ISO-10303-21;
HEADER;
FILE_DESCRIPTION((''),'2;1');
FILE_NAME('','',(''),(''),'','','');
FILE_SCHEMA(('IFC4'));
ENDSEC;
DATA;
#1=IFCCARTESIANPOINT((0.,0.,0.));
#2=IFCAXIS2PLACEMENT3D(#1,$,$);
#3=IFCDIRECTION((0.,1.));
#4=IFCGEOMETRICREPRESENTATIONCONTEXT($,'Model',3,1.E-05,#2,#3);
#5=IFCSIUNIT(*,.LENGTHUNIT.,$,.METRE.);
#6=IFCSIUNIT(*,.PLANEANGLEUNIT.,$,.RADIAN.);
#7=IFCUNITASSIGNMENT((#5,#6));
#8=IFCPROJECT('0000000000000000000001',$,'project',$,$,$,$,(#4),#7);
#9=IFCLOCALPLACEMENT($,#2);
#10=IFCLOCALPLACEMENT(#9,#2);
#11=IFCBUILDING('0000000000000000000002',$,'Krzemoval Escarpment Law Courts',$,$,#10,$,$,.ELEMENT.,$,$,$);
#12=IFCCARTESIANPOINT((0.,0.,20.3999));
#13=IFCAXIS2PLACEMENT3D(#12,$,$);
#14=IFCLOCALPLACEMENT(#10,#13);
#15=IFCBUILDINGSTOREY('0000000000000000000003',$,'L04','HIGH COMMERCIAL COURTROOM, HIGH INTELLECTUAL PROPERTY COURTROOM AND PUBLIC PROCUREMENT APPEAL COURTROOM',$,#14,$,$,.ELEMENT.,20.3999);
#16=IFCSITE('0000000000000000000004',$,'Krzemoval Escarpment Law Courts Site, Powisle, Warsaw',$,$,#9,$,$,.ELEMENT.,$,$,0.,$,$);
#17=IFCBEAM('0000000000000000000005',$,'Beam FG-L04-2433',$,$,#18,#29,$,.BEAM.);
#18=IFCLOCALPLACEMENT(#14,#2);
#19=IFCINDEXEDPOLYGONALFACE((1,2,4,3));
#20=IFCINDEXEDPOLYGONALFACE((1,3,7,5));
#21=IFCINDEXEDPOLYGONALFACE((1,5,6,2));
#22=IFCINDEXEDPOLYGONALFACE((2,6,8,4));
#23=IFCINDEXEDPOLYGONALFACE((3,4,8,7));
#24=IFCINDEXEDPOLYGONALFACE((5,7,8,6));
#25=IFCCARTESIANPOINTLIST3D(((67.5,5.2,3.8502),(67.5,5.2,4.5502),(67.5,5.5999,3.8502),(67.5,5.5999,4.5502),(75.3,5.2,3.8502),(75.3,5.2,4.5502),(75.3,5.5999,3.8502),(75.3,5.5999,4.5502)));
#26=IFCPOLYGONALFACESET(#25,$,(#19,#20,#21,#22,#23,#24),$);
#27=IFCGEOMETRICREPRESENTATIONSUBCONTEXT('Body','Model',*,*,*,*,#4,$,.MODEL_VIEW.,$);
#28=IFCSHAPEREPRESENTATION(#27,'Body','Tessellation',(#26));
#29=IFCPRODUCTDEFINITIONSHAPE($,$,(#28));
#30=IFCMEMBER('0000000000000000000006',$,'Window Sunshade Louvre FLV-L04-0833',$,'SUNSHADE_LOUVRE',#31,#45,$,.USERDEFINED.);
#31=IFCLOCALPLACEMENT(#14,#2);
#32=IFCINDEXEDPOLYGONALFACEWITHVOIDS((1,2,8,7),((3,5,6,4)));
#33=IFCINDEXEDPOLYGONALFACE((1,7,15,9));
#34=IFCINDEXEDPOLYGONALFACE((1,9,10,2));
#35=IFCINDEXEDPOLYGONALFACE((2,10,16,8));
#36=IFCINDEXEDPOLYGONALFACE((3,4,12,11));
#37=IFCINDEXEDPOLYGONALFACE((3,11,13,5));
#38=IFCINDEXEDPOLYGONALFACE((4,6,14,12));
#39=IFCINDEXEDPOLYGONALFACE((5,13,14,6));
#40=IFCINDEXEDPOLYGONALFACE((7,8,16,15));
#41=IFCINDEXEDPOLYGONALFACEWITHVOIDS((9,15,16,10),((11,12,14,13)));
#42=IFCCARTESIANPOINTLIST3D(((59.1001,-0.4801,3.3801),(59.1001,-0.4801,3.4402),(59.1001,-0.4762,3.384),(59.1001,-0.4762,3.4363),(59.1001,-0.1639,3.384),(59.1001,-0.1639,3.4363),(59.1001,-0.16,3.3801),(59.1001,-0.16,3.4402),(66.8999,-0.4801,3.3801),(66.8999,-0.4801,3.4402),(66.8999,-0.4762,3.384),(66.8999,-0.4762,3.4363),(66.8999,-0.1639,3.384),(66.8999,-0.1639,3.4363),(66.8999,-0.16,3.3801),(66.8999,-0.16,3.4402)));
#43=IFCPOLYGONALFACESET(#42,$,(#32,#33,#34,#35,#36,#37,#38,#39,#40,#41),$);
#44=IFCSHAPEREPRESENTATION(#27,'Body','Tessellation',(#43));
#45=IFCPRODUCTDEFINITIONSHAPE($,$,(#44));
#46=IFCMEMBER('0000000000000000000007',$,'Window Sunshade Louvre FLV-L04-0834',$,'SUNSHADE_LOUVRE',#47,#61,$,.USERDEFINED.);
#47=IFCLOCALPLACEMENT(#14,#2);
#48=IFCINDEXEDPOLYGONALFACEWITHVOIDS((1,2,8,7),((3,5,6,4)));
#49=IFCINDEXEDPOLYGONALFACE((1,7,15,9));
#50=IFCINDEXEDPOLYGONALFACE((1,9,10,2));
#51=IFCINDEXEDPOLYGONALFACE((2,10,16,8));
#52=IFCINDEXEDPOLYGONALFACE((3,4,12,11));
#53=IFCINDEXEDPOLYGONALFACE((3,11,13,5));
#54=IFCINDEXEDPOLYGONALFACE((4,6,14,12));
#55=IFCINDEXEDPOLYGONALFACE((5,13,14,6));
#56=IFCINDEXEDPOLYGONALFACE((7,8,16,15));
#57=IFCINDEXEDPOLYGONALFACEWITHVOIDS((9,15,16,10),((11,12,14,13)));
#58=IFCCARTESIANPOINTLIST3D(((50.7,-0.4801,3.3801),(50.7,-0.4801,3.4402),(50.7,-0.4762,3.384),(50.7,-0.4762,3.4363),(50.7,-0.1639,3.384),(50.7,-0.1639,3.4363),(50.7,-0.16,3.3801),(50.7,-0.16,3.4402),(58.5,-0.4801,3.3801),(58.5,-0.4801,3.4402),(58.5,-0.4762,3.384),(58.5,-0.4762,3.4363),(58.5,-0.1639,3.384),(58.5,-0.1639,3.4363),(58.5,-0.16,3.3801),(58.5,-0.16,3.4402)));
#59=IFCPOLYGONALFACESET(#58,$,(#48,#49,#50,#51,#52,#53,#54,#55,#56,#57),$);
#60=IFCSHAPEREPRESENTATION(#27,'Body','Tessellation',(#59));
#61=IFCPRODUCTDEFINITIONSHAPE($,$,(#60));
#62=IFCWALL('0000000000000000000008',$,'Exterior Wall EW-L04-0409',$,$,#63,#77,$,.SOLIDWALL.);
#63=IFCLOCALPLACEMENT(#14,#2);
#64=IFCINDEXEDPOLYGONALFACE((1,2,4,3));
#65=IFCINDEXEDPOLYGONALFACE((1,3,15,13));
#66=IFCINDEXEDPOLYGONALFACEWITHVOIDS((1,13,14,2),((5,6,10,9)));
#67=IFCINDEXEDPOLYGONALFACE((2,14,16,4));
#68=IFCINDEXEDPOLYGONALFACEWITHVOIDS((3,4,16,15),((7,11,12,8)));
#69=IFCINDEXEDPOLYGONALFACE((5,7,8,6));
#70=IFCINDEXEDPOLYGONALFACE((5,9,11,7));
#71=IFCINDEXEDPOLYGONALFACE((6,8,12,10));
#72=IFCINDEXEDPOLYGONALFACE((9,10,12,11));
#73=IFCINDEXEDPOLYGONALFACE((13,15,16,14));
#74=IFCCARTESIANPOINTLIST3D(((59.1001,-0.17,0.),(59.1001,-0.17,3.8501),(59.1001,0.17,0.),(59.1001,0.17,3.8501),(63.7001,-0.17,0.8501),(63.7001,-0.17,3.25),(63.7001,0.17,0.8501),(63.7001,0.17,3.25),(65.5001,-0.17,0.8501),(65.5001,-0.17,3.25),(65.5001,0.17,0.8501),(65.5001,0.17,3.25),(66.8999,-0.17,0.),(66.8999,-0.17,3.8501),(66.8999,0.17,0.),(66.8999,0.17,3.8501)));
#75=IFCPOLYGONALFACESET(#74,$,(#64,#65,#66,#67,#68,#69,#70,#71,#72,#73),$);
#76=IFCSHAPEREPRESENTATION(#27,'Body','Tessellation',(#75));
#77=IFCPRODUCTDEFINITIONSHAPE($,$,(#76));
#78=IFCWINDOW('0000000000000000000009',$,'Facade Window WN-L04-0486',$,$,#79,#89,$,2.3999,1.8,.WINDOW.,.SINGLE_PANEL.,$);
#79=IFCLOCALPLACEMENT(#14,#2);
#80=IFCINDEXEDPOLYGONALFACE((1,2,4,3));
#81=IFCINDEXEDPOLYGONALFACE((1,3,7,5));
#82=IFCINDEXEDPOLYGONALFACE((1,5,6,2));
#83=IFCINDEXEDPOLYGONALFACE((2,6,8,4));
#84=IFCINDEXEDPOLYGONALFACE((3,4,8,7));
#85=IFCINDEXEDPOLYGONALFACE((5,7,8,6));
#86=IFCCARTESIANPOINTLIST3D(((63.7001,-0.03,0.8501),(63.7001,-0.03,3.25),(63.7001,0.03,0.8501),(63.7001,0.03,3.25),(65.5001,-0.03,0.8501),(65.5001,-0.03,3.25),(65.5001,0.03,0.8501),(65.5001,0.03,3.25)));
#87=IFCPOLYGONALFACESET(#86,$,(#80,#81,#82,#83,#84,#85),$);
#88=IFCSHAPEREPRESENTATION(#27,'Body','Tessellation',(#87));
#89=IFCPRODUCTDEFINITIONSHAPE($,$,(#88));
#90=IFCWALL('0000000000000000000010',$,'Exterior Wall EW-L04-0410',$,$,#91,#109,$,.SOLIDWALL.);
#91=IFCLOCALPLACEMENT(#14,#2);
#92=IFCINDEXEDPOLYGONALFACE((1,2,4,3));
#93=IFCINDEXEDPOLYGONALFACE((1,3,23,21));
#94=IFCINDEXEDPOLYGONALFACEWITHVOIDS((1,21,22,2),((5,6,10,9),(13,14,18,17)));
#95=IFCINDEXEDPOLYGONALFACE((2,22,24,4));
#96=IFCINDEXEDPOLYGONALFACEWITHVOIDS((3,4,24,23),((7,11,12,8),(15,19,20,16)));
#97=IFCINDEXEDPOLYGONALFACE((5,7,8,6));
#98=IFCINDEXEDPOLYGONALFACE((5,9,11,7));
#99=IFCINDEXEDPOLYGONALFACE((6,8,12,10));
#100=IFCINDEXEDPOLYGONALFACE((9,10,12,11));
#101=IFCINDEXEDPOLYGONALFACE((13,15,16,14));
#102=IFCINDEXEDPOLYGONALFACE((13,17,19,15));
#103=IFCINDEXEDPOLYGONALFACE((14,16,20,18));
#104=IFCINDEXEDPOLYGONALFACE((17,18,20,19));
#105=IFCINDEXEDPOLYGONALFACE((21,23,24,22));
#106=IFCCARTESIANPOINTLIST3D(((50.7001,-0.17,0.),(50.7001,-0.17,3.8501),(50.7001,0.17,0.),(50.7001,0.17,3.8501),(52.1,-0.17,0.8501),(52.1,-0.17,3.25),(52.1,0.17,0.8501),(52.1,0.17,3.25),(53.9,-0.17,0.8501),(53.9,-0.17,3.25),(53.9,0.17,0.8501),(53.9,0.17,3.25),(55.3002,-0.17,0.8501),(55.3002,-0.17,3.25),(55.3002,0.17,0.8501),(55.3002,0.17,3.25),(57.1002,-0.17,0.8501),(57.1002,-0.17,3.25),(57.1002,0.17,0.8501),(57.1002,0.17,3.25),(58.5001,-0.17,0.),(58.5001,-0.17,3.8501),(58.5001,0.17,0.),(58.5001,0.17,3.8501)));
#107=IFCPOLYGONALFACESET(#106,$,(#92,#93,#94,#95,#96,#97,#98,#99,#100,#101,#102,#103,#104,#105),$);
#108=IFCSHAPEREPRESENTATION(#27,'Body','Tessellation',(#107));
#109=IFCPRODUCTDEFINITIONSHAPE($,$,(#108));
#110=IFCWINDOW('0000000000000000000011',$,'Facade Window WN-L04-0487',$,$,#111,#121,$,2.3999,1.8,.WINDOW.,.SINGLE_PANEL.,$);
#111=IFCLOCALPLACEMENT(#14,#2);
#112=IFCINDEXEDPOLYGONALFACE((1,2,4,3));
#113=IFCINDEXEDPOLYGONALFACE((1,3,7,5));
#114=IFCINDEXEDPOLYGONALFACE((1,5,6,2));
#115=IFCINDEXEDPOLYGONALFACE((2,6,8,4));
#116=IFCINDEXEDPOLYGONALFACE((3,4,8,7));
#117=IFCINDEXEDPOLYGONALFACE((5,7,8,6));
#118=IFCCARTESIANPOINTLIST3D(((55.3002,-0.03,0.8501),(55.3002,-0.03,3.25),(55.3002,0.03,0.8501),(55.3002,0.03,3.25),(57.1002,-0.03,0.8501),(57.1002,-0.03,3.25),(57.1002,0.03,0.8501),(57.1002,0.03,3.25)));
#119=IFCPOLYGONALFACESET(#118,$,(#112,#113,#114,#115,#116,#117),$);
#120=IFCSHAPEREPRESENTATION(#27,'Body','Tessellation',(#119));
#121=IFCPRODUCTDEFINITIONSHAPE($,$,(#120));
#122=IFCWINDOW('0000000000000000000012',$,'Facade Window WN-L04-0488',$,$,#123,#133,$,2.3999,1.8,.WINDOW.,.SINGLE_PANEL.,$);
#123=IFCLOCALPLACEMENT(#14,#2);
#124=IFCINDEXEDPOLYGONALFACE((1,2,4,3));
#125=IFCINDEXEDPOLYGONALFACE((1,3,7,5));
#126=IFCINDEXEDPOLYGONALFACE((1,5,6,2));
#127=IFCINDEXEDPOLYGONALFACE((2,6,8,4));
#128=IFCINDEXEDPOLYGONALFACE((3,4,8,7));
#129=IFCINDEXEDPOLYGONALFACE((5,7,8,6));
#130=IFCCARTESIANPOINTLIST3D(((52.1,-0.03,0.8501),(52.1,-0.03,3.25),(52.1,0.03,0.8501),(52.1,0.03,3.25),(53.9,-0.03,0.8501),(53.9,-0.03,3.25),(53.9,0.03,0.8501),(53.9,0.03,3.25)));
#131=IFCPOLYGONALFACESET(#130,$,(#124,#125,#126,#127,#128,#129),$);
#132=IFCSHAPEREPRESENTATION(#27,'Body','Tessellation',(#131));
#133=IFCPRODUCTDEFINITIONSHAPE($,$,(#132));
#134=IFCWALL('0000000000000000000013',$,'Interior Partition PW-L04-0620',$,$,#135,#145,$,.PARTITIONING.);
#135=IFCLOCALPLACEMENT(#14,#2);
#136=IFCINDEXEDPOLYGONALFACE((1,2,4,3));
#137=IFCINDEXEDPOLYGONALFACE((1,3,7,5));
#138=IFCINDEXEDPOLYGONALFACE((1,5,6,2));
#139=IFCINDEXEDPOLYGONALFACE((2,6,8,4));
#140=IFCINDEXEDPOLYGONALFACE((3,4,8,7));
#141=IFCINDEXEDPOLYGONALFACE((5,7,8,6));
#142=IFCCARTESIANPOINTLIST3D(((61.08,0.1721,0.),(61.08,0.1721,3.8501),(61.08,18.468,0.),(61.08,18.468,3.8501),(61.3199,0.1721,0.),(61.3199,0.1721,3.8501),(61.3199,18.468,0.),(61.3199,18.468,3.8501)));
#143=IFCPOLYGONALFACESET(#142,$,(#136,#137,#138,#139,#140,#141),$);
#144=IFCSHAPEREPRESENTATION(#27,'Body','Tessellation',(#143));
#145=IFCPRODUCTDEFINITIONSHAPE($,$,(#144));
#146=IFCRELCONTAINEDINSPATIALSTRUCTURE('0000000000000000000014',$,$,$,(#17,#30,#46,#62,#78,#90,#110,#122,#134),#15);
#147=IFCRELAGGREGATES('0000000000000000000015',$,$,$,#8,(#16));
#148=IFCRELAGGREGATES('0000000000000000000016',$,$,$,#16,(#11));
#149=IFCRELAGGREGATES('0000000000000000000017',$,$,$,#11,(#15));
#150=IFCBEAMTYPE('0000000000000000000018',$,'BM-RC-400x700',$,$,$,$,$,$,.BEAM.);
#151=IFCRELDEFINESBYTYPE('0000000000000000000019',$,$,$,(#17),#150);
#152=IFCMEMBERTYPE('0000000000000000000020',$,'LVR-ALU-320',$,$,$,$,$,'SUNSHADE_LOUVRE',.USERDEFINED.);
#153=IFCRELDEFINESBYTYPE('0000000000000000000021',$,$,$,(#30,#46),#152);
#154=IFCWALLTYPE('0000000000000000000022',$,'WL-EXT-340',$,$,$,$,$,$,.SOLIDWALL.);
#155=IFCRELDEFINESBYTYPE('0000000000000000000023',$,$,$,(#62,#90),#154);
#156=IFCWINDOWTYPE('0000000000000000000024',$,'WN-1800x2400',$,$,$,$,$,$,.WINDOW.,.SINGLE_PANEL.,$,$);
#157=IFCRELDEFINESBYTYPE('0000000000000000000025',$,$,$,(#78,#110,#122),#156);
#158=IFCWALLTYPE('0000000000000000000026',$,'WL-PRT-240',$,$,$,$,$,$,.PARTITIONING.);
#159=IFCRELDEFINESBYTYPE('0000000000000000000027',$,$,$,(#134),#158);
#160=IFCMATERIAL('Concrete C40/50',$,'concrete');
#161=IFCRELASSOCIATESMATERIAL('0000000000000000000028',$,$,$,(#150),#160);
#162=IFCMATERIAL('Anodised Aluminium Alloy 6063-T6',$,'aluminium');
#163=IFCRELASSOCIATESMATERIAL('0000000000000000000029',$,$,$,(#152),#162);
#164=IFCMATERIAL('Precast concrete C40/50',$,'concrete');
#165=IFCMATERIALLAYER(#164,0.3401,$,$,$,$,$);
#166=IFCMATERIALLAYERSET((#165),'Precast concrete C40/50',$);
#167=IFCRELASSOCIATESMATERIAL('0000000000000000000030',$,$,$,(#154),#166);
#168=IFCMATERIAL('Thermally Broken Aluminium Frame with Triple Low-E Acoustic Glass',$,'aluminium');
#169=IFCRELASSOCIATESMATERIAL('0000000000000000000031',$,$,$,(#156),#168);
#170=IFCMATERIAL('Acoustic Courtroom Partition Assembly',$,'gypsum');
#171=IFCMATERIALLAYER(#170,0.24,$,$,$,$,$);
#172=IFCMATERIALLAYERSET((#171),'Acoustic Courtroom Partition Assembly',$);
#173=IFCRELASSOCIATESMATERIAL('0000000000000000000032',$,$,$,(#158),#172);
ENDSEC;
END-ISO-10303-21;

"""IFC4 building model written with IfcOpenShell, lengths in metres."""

from ifc_helpers import new_model, si_unit, direction, frame, frame_2d, origin, origin_2d, place, context, subcontext, project, spatial, rectangle, hollow_rectangle, extrude, material, layer, layer_set, material_profile, profile_set, type_object, element, fill, save


model = new_model("IFC4")

# Units and contexts
model_context = context("Model", 3, precision=1e-05, world=origin(), true_north=direction((0.0, 1.0)))
body_context = subcontext(model_context, "Body", "Model", "MODEL_VIEW")
ifc_project = project(units=[si_unit("LENGTHUNIT", "METRE"), si_unit("PLANEANGLEUNIT", "RADIAN")], contexts=[model_context])

# Site, building, storey
site_placement = place(None, origin())
site = spatial("IfcSite", under=ifc_project, at=site_placement, Name="Krzemoval Escarpment Law Courts Site, Powisle, Warsaw", CompositionType="ELEMENT", RefElevation=0.0)
building_placement = place(site_placement, origin())
building = spatial("IfcBuilding", under=site, at=building_placement, Name="Krzemoval Escarpment Law Courts", CompositionType="ELEMENT")
storey_placement = place(building_placement, frame((0.0, 0.0, 20.3999)))
storey = spatial("IfcBuildingStorey", under=building, at=storey_placement, Name="L04", Description="HIGH COMMERCIAL COURTROOM, HIGH INTELLECTUAL PROPERTY COURTROOM AND PUBLIC PROCUREMENT APPEAL COURTROOM", CompositionType="ELEMENT", Elevation=20.3999)

# Beam
ifc_material_1 = material(Name="Concrete C40/50", Category="concrete")
ifc_material_profile_1 = material_profile(ifc_material_1, rectangle(XDim=0.3999, YDim=0.7, at=origin_2d()), Name="RCB 400x700")
ifc_profile_set_1 = profile_set([ifc_material_profile_1], Name="Concrete C40/50")
beam_type_1 = type_object("IfcBeamType", Name="BM-RC-400x700", PredefinedType="BEAM", material=ifc_profile_set_1)
beam_1_placement = place(storey_placement, frame((67.5, 5.3999, 4.2002), z_axis=(1.0, 0.0, 0.0), x_axis=(0.0, 1.0, 0.0)))
element("IfcBeam", 1, at=beam_1_placement, inside=storey, type_object=beam_type_1, Name="Beam FG-L04-2433", PredefinedType="BEAM", context=body_context, shape_type="SweptSolid", body=[
    extrude(rectangle(XDim=0.3999, YDim=0.7, at=origin_2d()), origin(), (0.0, 0.0, 1.0), 7.8),
])

# Members
ifc_material_2 = material(Name="Anodised Aluminium Alloy 6063-T6", Category="aluminium")
ifc_material_profile_2 = material_profile(ifc_material_2, hollow_rectangle(XDim=0.0601, YDim=0.3201, WallThickness=0.0039, at=origin_2d()), Name="ALU LVR 60x320")
ifc_profile_set_2 = profile_set([ifc_material_profile_2], Name="Anodised Aluminium Alloy 6063-T6")
member_type = type_object("IfcMemberType", Name="LVR-ALU-320", ElementType="SUNSHADE_LOUVRE", PredefinedType="USERDEFINED", material=ifc_profile_set_2)
member_1_placement = place(storey_placement, frame((66.8999, -0.3201, 3.4102), z_axis=(-1.0, 0.0, 0.0), x_axis=(0.0, 0.0, 1.0)))
element("IfcMember", 2, at=member_1_placement, inside=storey, type_object=member_type, Name="Window Sunshade Louvre FLV-L04-0833", ObjectType="SUNSHADE_LOUVRE", PredefinedType="USERDEFINED", context=body_context, shape_type="SweptSolid", body=[
    extrude(hollow_rectangle(XDim=0.0601, YDim=0.3201, WallThickness=0.0039, at=origin_2d()), origin(), (0.0, 0.0, 1.0), 7.7998),
])
member_2_placement = place(storey_placement, frame((58.5, -0.3201, 3.4102), z_axis=(-1.0, 0.0, 0.0), x_axis=(0.0, 0.0, 1.0)))
element("IfcMember", 3, at=member_2_placement, inside=storey, type_object=member_type, Name="Window Sunshade Louvre FLV-L04-0834", ObjectType="SUNSHADE_LOUVRE", PredefinedType="USERDEFINED", context=body_context, shape_type="SweptSolid", body=[
    extrude(hollow_rectangle(XDim=0.0601, YDim=0.3201, WallThickness=0.0039, at=origin_2d()), origin(), (0.0, 0.0, 1.0), 7.8),
])

# Wall, opening, window
ifc_material_3 = material(Name="Precast concrete C40/50", Category="concrete")
ifc_layer_1 = layer(ifc_material_3, 0.3401)
ifc_layer_set_1 = layer_set([ifc_layer_1], Name="Precast concrete C40/50")
wall_type_1 = type_object("IfcWallType", Name="WL-EXT-340", PredefinedType="SOLIDWALL", material=ifc_layer_set_1)
wall_1_placement = place(storey_placement, frame((66.8999, 0.0, 0.0), z_axis=(0.0, 0.0, 1.0), x_axis=(-1.0, 0.0, 0.0)))
wall_1 = element("IfcWall", 4, at=wall_1_placement, inside=storey, type_object=wall_type_1, Name="Exterior Wall EW-L04-0409", PredefinedType="SOLIDWALL", context=body_context, shape_type="SweptSolid", body=[
    extrude(rectangle(XDim=7.7998, YDim=0.3401, at=frame_2d((3.8999, 0.0))), origin(), (0.0, 0.0, 1.0), 3.8501),
])
opening_1_placement = place(wall_1_placement, frame((1.3999, 0.0, 0.8501)))
opening_1 = element("IfcOpeningElement", 5, at=opening_1_placement, cuts=wall_1, PredefinedType="OPENING", context=body_context, shape_type="SweptSolid", body=[
    extrude(rectangle(XDim=1.8, YDim=2.3999, at=frame_2d((0.8999, 1.2))), frame((0.0, 0.185, 0.0), z_axis=(0.0, -1.0, 0.0), x_axis=(1.0, 0.0, 0.0)), (0.0, 0.0, 1.0), 0.3701),
])
ifc_material_4 = material(Name="Thermally Broken Aluminium Frame with Triple Low-E Acoustic Glass", Category="aluminium")
window_type = type_object("IfcWindowType", Name="WN-1800x2400", PartitioningType="SINGLE_PANEL", PredefinedType="WINDOW", material=ifc_material_4)
window_1_placement = place(opening_1_placement, origin())
window_1 = element("IfcWindow", 6, at=window_1_placement, inside=storey, type_object=window_type, Name="Facade Window WN-L04-0486", OverallHeight=2.3999, OverallWidth=1.8, PartitioningType="SINGLE_PANEL", PredefinedType="WINDOW", context=body_context, shape_type="SweptSolid", body=[
    extrude(rectangle(XDim=1.8, YDim=2.3999, at=frame_2d((0.8999, 1.2))), frame((0.0, 0.03, 0.0), z_axis=(0.0, -1.0, 0.0), x_axis=(1.0, 0.0, 0.0)), (0.0, 0.0, 1.0), 0.0601),
])
fill(opening_1, window_1)

# Wall, openings, windows
wall_2_placement = place(storey_placement, frame((58.5, 0.0, 0.0), z_axis=(0.0, 0.0, 1.0), x_axis=(-1.0, 0.0, 0.0)))
wall_2 = element("IfcWall", 7, at=wall_2_placement, inside=storey, type_object=wall_type_1, Name="Exterior Wall EW-L04-0410", PredefinedType="SOLIDWALL", context=body_context, shape_type="SweptSolid", body=[
    extrude(rectangle(XDim=7.8, YDim=0.3401, at=frame_2d((3.8999, 0.0))), origin(), (0.0, 0.0, 1.0), 3.8501),
])
opening_2_placement = place(wall_2_placement, frame((1.3999, 0.0, 0.8501)))
opening_2 = element("IfcOpeningElement", 8, at=opening_2_placement, cuts=wall_2, PredefinedType="OPENING", context=body_context, shape_type="SweptSolid", body=[
    extrude(rectangle(XDim=1.8, YDim=2.3999, at=frame_2d((0.8999, 1.2))), frame((0.0, 0.185, 0.0), z_axis=(0.0, -1.0, 0.0), x_axis=(1.0, 0.0, 0.0)), (0.0, 0.0, 1.0), 0.3701),
])
opening_3_placement = place(wall_2_placement, frame((4.6001, 0.0, 0.8501)))
opening_3 = element("IfcOpeningElement", 9, at=opening_3_placement, cuts=wall_2, PredefinedType="OPENING", context=body_context, shape_type="SweptSolid", body=[
    extrude(rectangle(XDim=1.8, YDim=2.3999, at=frame_2d((0.8999, 1.2))), frame((0.0, 0.185, 0.0), z_axis=(0.0, -1.0, 0.0), x_axis=(1.0, 0.0, 0.0)), (0.0, 0.0, 1.0), 0.3701),
])
window_2_placement = place(opening_2_placement, origin())
window_2 = element("IfcWindow", 10, at=window_2_placement, inside=storey, type_object=window_type, Name="Facade Window WN-L04-0487", OverallHeight=2.3999, OverallWidth=1.8, PartitioningType="SINGLE_PANEL", PredefinedType="WINDOW", context=body_context, shape_type="SweptSolid", body=[
    extrude(rectangle(XDim=1.8, YDim=2.3999, at=frame_2d((0.8999, 1.2))), frame((0.0, 0.03, 0.0), z_axis=(0.0, -1.0, 0.0), x_axis=(1.0, 0.0, 0.0)), (0.0, 0.0, 1.0), 0.0601),
])
fill(opening_2, window_2)
window_3_placement = place(opening_3_placement, origin())
window_3 = element("IfcWindow", 11, at=window_3_placement, inside=storey, type_object=window_type, Name="Facade Window WN-L04-0488", OverallHeight=2.3999, OverallWidth=1.8, PartitioningType="SINGLE_PANEL", PredefinedType="WINDOW", context=body_context, shape_type="SweptSolid", body=[
    extrude(rectangle(XDim=1.8, YDim=2.3999, at=frame_2d((0.8999, 1.2))), frame((0.0, 0.03, 0.0), z_axis=(0.0, -1.0, 0.0), x_axis=(1.0, 0.0, 0.0)), (0.0, 0.0, 1.0), 0.0601),
])
fill(opening_3, window_3)

# Wall
ifc_material_5 = material(Name="Acoustic Courtroom Partition Assembly", Category="gypsum")
ifc_layer_2 = layer(ifc_material_5, 0.24)
ifc_layer_set_2 = layer_set([ifc_layer_2], Name="Acoustic Courtroom Partition Assembly")
wall_type_2 = type_object("IfcWallType", Name="WL-PRT-240", PredefinedType="PARTITIONING", material=ifc_layer_set_2)
wall_3_placement = place(storey_placement, frame((61.2, 0.1721, 0.0), z_axis=(0.0, 0.0, 1.0), x_axis=(0.0, 1.0, 0.0)))
element("IfcWall", 12, at=wall_3_placement, inside=storey, type_object=wall_type_2, Name="Interior Partition PW-L04-0620", PredefinedType="PARTITIONING", context=body_context, shape_type="SweptSolid", body=[
    extrude(rectangle(XDim=18.2959, YDim=0.24, at=frame_2d((9.1479, 0.0))), origin(), (0.0, 0.0, 1.0), 3.8501),
])

save(model, "model.ifc")
